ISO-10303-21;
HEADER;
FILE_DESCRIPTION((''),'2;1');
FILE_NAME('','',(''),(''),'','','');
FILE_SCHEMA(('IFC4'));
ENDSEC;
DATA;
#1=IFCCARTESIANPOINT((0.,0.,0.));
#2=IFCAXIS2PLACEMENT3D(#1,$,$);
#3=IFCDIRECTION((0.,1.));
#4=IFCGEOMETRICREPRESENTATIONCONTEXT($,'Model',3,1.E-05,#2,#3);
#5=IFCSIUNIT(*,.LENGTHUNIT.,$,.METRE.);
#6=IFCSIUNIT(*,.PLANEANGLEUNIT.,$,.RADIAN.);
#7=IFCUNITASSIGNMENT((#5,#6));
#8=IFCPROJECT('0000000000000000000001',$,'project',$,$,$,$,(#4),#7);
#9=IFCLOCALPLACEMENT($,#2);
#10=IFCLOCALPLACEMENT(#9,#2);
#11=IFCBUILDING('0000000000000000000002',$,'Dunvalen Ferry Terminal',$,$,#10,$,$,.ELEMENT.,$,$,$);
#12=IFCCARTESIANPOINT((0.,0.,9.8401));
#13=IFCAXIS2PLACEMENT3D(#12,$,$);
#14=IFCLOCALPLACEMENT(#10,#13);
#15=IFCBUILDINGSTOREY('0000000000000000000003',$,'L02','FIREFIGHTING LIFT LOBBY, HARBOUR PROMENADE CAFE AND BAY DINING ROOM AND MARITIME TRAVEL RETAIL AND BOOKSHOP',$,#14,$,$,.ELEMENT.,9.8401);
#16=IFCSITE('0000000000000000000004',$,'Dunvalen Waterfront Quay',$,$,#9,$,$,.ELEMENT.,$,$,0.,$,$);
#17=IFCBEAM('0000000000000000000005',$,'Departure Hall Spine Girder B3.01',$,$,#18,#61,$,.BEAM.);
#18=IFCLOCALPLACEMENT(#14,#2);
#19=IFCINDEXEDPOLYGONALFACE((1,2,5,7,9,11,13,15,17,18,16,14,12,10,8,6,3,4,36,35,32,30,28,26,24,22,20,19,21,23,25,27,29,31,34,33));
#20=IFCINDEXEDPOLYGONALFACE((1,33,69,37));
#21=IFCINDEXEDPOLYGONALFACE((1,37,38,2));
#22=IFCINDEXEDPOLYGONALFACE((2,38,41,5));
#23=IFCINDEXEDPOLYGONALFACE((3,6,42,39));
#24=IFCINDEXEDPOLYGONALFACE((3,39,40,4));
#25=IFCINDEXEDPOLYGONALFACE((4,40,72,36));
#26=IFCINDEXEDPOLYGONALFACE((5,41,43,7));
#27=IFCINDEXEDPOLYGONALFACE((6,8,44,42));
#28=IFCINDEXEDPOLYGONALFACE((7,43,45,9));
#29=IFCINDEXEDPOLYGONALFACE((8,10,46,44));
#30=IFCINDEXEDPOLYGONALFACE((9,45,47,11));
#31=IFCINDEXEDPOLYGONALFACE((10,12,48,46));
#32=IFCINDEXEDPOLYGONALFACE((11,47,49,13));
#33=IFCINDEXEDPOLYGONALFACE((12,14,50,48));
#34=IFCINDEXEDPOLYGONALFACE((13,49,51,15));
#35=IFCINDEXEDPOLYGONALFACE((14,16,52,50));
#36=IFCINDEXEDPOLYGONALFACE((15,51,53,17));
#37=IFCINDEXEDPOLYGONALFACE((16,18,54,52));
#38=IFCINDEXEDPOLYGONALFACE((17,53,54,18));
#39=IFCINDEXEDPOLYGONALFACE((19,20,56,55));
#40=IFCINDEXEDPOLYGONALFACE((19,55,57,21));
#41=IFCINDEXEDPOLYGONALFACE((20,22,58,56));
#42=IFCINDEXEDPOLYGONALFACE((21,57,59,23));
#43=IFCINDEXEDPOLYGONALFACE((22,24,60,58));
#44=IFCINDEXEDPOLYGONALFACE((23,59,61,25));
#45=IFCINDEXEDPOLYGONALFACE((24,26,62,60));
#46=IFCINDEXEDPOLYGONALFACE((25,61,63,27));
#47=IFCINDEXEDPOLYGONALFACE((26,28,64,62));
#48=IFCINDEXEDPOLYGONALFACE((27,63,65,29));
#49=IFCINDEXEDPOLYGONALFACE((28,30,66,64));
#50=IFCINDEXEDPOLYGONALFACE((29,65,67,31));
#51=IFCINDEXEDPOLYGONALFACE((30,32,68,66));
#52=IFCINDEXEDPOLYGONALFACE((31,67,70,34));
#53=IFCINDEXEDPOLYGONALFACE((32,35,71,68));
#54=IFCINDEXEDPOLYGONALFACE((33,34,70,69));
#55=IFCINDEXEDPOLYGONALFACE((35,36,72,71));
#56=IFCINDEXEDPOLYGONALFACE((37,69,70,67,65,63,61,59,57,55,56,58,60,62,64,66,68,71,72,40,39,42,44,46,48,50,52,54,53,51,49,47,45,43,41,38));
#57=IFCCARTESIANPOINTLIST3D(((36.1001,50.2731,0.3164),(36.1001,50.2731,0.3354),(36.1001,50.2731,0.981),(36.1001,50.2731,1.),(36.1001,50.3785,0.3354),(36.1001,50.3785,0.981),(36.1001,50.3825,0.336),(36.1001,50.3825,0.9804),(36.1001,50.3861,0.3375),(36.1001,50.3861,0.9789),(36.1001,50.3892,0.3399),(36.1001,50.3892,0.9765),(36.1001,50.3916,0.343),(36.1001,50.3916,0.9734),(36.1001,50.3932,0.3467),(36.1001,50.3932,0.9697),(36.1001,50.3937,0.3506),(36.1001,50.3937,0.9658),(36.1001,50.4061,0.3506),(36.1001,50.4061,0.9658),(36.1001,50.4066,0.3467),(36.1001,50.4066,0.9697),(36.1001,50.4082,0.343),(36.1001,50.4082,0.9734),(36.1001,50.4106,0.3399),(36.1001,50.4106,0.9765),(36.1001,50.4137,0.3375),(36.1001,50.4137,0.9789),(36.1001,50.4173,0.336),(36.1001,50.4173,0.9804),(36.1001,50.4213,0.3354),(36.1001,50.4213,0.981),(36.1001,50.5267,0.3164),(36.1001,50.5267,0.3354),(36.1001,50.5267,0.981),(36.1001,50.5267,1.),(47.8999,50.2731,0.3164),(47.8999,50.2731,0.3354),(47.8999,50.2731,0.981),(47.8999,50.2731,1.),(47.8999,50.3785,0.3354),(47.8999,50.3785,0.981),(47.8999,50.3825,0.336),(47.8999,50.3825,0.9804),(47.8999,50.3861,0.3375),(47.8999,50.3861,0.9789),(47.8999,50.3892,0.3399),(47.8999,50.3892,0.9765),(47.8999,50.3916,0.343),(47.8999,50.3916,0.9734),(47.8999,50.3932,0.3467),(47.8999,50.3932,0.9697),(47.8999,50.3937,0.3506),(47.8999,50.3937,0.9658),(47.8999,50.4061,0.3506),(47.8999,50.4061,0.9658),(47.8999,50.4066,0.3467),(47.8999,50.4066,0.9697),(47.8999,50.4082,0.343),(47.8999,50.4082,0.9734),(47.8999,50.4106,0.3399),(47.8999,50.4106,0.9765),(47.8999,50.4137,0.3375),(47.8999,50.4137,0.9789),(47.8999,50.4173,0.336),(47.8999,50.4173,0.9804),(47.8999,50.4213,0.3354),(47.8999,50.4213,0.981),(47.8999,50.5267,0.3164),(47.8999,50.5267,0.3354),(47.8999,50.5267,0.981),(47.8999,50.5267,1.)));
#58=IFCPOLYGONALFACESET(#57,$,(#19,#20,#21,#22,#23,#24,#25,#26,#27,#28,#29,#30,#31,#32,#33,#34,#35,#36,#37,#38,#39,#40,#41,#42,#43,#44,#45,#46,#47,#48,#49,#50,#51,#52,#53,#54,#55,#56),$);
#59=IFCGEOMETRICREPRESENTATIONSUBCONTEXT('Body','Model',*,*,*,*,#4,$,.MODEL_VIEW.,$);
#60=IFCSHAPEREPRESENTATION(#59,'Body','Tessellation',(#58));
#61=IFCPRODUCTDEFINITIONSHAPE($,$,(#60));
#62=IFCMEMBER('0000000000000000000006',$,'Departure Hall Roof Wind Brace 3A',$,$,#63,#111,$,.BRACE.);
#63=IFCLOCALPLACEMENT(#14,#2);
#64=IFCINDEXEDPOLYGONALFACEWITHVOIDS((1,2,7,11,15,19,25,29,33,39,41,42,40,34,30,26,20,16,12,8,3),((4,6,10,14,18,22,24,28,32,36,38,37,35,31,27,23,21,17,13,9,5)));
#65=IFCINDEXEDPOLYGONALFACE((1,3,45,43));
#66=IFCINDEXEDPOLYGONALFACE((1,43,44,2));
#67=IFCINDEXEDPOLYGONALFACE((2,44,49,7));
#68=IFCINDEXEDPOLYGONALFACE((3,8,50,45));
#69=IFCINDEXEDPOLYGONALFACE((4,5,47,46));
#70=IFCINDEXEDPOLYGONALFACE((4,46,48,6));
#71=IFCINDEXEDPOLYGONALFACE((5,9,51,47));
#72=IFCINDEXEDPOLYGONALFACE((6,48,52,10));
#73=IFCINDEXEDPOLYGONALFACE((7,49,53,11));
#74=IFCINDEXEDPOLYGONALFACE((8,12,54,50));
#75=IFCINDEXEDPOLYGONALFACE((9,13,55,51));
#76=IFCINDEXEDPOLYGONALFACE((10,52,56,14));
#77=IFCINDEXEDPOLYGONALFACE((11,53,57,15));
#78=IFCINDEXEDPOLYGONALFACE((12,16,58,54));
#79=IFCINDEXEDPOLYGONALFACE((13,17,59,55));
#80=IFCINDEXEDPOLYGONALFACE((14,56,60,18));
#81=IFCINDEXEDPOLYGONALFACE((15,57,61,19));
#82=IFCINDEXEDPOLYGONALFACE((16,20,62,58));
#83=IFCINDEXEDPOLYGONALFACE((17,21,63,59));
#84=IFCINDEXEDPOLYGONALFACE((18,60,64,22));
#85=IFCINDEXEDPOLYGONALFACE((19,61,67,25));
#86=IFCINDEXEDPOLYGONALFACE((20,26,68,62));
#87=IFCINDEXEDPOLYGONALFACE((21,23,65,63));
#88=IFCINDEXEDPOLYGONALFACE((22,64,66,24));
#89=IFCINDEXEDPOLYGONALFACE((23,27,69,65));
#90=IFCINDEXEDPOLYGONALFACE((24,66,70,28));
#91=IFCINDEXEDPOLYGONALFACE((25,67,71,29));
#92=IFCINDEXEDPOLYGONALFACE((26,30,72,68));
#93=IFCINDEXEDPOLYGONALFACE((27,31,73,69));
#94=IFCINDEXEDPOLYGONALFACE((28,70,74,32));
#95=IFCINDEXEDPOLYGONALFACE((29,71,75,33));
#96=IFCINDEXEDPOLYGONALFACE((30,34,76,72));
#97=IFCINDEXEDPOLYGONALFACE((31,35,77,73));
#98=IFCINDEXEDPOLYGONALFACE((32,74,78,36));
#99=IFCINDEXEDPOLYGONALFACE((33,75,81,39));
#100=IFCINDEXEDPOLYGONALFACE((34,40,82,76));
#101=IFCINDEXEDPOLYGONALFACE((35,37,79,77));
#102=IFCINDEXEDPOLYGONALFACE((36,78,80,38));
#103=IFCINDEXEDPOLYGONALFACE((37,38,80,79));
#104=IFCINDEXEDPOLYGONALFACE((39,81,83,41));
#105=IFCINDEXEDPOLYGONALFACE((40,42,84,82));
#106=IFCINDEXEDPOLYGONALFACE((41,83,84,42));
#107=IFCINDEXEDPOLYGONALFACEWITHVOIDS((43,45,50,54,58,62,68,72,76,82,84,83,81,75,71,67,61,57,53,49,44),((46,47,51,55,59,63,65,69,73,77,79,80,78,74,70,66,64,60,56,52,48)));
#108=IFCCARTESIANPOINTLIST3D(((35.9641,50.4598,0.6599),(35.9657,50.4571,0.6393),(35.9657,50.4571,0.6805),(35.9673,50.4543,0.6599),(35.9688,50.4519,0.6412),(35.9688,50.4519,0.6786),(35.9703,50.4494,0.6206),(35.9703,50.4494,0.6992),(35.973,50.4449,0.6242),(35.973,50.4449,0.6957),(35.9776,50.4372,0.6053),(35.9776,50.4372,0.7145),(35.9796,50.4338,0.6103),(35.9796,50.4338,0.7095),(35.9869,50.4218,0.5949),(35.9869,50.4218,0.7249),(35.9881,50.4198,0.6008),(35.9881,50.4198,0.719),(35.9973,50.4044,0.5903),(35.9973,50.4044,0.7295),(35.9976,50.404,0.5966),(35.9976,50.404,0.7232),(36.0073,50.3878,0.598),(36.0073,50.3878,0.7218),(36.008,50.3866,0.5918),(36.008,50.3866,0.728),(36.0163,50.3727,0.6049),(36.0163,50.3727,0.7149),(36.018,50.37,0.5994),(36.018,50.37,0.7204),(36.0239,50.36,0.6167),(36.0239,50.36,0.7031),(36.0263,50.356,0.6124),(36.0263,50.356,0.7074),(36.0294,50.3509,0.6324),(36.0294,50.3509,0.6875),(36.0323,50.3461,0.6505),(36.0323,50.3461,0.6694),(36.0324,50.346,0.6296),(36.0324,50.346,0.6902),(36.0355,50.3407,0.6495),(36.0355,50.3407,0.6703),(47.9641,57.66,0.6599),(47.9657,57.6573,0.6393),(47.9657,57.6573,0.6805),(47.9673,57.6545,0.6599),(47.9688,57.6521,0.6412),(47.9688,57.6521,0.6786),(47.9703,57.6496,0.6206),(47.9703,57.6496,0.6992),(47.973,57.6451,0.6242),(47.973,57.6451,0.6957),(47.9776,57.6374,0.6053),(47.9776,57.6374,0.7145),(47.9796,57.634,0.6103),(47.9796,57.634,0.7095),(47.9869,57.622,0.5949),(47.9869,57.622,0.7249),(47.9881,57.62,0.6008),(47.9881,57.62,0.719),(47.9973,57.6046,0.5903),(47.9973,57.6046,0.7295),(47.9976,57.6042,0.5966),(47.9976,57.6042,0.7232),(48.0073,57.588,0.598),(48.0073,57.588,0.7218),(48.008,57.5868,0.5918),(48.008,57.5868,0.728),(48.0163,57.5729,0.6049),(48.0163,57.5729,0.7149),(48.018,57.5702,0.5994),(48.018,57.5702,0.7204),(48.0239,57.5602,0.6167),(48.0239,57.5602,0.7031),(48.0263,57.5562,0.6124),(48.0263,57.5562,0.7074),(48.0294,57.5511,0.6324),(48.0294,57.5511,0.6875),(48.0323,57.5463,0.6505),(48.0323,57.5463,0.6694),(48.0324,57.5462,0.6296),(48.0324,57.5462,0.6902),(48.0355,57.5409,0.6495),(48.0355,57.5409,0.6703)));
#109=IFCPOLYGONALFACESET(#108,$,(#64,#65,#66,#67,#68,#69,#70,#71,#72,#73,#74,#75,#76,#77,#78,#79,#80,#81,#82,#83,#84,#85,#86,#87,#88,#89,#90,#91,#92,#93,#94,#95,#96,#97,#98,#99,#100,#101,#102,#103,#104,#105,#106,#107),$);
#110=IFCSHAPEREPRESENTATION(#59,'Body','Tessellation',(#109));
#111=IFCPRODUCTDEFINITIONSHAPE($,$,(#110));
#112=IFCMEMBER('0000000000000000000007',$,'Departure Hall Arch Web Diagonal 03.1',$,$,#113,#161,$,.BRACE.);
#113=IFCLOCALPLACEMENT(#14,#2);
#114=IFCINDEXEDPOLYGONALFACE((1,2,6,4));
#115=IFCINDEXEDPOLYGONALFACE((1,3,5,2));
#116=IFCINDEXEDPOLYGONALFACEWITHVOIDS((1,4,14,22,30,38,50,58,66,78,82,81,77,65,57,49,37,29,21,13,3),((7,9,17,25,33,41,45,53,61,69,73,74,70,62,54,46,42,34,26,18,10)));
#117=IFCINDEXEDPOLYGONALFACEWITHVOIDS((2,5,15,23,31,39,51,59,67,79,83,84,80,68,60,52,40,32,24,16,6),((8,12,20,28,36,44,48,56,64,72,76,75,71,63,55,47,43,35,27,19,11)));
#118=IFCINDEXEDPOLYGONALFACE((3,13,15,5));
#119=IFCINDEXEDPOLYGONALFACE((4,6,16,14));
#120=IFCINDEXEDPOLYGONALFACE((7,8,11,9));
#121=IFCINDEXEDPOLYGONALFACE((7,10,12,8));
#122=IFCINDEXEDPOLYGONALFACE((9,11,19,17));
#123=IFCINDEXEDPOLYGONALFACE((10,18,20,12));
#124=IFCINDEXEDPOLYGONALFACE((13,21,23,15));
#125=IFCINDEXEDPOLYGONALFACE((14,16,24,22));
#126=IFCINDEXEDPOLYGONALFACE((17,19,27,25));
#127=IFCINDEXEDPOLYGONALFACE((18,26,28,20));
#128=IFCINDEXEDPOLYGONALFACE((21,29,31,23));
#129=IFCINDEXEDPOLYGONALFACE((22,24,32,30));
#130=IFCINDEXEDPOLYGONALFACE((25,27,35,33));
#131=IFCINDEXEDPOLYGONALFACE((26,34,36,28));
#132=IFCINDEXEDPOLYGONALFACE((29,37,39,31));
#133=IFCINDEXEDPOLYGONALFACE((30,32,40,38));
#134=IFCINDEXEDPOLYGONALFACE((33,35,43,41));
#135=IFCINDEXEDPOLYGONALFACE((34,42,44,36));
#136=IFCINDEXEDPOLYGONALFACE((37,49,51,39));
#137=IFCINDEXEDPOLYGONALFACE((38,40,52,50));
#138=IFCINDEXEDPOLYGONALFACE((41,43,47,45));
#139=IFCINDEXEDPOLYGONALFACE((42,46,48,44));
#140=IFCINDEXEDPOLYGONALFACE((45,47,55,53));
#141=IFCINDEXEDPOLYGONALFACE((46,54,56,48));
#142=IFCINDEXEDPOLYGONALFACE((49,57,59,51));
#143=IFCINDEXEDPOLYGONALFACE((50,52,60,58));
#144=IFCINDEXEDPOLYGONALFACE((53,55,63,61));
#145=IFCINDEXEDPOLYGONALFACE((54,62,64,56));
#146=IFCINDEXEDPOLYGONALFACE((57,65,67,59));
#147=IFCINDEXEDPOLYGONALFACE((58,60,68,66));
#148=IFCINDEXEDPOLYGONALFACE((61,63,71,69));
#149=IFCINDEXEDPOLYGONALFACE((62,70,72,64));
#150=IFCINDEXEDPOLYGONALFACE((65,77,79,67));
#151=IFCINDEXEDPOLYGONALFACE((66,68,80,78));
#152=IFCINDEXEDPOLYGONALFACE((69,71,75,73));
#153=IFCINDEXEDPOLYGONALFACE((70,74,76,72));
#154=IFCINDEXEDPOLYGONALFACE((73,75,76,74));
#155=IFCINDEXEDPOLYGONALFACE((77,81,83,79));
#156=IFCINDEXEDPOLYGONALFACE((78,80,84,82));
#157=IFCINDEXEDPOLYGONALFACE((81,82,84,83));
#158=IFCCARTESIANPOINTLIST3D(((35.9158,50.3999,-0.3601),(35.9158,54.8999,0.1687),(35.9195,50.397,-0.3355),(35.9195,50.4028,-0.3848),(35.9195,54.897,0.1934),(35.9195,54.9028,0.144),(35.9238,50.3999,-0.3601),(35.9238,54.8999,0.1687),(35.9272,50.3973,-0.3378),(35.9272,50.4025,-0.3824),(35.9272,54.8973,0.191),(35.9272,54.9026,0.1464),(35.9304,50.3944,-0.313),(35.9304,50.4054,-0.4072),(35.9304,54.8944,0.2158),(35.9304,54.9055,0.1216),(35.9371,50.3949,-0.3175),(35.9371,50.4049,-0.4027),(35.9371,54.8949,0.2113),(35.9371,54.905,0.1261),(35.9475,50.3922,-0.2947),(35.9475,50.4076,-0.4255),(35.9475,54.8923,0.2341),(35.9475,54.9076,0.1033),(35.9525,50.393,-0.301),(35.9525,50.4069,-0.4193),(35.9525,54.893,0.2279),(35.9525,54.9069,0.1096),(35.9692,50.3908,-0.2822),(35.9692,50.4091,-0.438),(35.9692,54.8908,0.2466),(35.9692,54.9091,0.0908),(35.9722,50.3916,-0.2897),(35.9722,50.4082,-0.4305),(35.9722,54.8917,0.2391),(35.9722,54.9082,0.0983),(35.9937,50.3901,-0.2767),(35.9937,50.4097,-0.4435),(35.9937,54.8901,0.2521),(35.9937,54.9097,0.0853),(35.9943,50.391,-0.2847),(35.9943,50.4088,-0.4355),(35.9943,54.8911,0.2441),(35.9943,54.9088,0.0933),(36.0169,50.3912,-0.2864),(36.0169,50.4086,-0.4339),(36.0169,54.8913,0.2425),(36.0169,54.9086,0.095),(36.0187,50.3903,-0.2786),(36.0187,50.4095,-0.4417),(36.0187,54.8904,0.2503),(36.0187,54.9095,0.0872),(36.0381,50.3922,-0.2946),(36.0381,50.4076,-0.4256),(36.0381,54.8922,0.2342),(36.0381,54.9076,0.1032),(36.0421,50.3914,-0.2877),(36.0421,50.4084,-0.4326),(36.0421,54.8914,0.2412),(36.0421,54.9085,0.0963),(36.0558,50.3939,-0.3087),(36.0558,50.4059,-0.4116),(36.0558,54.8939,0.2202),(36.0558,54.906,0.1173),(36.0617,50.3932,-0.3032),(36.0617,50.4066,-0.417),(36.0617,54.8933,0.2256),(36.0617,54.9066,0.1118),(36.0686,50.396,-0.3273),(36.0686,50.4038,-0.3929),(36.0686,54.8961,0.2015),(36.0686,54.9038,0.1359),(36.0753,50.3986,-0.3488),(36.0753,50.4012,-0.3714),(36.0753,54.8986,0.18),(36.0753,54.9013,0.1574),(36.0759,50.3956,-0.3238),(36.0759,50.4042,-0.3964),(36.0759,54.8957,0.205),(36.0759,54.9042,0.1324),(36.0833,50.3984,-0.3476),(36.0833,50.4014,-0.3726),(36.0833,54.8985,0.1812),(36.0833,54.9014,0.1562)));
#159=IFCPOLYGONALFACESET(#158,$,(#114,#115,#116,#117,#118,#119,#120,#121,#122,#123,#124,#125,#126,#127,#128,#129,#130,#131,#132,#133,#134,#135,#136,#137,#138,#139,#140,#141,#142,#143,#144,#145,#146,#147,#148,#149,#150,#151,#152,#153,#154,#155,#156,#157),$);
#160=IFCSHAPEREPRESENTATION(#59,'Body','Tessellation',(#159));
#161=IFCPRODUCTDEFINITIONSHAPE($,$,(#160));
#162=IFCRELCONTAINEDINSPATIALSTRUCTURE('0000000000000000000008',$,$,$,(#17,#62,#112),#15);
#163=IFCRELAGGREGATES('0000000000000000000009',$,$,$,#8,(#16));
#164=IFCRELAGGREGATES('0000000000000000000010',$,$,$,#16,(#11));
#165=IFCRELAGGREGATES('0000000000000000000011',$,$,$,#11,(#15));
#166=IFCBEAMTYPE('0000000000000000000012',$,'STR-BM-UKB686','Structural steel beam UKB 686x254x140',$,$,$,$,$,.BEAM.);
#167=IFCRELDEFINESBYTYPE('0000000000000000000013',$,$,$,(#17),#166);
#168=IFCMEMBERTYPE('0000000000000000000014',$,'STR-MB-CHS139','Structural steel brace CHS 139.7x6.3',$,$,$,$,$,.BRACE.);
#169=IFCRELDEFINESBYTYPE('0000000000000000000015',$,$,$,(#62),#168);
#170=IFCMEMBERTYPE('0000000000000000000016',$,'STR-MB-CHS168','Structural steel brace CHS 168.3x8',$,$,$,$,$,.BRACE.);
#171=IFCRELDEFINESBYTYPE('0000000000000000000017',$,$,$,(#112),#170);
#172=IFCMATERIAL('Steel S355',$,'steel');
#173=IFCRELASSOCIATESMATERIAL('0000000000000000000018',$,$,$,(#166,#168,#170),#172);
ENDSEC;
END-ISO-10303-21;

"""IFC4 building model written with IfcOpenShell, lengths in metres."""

from ifc_helpers import new_model, si_unit, direction, frame, origin, origin_2d, place, context, subcontext, project, spatial, hollow_circle, i_section, extrude, material, material_profile, profile_set, type_object, element, save


model = new_model("IFC4")

# Units and contexts
model_context = context("Model", 3, precision=1e-05, world=origin(), true_north=direction((0.0, 1.0)))
body_context = subcontext(model_context, "Body", "Model", "MODEL_VIEW")
ifc_project = project(units=[si_unit("LENGTHUNIT", "METRE"), si_unit("PLANEANGLEUNIT", "RADIAN")], contexts=[model_context])

# Site, building, storey
site_placement = place(None, origin())
site = spatial("IfcSite", under=ifc_project, at=site_placement, Name="Dunvalen Waterfront Quay", CompositionType="ELEMENT", RefElevation=0.0)
building_placement = place(site_placement, origin())
building = spatial("IfcBuilding", under=site, at=building_placement, Name="Dunvalen Ferry Terminal", CompositionType="ELEMENT")
storey_placement = place(building_placement, frame((0.0, 0.0, 9.8401)))
storey = spatial("IfcBuildingStorey", under=building, at=storey_placement, Name="L02", Description="FIREFIGHTING LIFT LOBBY, HARBOUR PROMENADE CAFE AND BAY DINING ROOM AND MARITIME TRAVEL RETAIL AND BOOKSHOP", CompositionType="ELEMENT", Elevation=9.8401)

# Beam
ifc_material_1 = material(Name="Steel S355", Category="steel")
ifc_material_profile_1 = material_profile(ifc_material_1, i_section(OverallWidth=0.2537, OverallDepth=0.6836, WebThickness=0.0125, FlangeThickness=0.019, FilletRadius=0.0151, at=origin_2d()), Name="Steel S355")
ifc_profile_set_1 = profile_set([ifc_material_profile_1], Name="Steel S355")
beam_type_1 = type_object("IfcBeamType", Name="STR-BM-UKB686", Description="Structural steel beam UKB 686x254x140", PredefinedType="BEAM", material=ifc_profile_set_1)
beam_1_placement = place(storey_placement, frame((36.1001, 50.3999, 0.6582), z_axis=(1.0, 0.0, 0.0), x_axis=(0.0, 1.0, 0.0)))
element("IfcBeam", 1, at=beam_1_placement, inside=storey, type_object=beam_type_1, Name="Departure Hall Spine Girder B3.01", PredefinedType="BEAM", context=body_context, shape_type="SweptSolid", body=[
    extrude(i_section(OverallWidth=0.2537, OverallDepth=0.6836, WebThickness=0.0125, FlangeThickness=0.019, FilletRadius=0.0151, at=origin_2d()), origin(), (0.0, 0.0, 1.0), 11.7998),
])

# Members
ifc_material_profile_2 = material_profile(ifc_material_1, hollow_circle(Radius=0.0698, WallThickness=0.0063, at=origin_2d()), Name="Steel S355")
ifc_profile_set_2 = profile_set([ifc_material_profile_2], Name="Steel S355")
member_type_1 = type_object("IfcMemberType", Name="STR-MB-CHS139", Description="Structural steel brace CHS 139.7x6.3", PredefinedType="BRACE", material=ifc_profile_set_2)
member_1_placement = place(storey_placement, frame((36.0, 50.3999, 0.6599), z_axis=(0.857487, 0.514506, 0.0), x_axis=(-0.514506, 0.857487, 0.0)))
element("IfcMember", 2, at=member_1_placement, inside=storey, type_object=member_type_1, Name="Departure Hall Roof Wind Brace 3A", PredefinedType="BRACE", context=body_context, shape_type="SweptSolid", body=[
    extrude(hollow_circle(Radius=0.0698, WallThickness=0.0063, at=origin_2d()), origin(), (0.0, 0.0, 1.0), 13.9944),
])
ifc_material_profile_3 = material_profile(ifc_material_1, hollow_circle(Radius=0.0842, WallThickness=0.0081, at=origin_2d()), Name="Steel S355")
ifc_profile_set_3 = profile_set([ifc_material_profile_3], Name="Steel S355")
member_type_2 = type_object("IfcMemberType", Name="STR-MB-CHS168", Description="Structural steel brace CHS 168.3x8", PredefinedType="BRACE", material=ifc_profile_set_3)
member_2_placement = place(storey_placement, frame((36.0, 50.3999, -0.3601), z_axis=(0.0, 0.993166, 0.11671), x_axis=(-1.0, 0.0, 0.0)))
element("IfcMember", 3, at=member_2_placement, inside=storey, type_object=member_type_2, Name="Departure Hall Arch Web Diagonal 03.1", PredefinedType="BRACE", context=body_context, shape_type="SweptSolid", body=[
    extrude(hollow_circle(Radius=0.0842, WallThickness=0.0081, at=origin_2d()), origin(), (0.0, 0.0, 1.0), 4.531),
])

save(model, "model.ifc")
